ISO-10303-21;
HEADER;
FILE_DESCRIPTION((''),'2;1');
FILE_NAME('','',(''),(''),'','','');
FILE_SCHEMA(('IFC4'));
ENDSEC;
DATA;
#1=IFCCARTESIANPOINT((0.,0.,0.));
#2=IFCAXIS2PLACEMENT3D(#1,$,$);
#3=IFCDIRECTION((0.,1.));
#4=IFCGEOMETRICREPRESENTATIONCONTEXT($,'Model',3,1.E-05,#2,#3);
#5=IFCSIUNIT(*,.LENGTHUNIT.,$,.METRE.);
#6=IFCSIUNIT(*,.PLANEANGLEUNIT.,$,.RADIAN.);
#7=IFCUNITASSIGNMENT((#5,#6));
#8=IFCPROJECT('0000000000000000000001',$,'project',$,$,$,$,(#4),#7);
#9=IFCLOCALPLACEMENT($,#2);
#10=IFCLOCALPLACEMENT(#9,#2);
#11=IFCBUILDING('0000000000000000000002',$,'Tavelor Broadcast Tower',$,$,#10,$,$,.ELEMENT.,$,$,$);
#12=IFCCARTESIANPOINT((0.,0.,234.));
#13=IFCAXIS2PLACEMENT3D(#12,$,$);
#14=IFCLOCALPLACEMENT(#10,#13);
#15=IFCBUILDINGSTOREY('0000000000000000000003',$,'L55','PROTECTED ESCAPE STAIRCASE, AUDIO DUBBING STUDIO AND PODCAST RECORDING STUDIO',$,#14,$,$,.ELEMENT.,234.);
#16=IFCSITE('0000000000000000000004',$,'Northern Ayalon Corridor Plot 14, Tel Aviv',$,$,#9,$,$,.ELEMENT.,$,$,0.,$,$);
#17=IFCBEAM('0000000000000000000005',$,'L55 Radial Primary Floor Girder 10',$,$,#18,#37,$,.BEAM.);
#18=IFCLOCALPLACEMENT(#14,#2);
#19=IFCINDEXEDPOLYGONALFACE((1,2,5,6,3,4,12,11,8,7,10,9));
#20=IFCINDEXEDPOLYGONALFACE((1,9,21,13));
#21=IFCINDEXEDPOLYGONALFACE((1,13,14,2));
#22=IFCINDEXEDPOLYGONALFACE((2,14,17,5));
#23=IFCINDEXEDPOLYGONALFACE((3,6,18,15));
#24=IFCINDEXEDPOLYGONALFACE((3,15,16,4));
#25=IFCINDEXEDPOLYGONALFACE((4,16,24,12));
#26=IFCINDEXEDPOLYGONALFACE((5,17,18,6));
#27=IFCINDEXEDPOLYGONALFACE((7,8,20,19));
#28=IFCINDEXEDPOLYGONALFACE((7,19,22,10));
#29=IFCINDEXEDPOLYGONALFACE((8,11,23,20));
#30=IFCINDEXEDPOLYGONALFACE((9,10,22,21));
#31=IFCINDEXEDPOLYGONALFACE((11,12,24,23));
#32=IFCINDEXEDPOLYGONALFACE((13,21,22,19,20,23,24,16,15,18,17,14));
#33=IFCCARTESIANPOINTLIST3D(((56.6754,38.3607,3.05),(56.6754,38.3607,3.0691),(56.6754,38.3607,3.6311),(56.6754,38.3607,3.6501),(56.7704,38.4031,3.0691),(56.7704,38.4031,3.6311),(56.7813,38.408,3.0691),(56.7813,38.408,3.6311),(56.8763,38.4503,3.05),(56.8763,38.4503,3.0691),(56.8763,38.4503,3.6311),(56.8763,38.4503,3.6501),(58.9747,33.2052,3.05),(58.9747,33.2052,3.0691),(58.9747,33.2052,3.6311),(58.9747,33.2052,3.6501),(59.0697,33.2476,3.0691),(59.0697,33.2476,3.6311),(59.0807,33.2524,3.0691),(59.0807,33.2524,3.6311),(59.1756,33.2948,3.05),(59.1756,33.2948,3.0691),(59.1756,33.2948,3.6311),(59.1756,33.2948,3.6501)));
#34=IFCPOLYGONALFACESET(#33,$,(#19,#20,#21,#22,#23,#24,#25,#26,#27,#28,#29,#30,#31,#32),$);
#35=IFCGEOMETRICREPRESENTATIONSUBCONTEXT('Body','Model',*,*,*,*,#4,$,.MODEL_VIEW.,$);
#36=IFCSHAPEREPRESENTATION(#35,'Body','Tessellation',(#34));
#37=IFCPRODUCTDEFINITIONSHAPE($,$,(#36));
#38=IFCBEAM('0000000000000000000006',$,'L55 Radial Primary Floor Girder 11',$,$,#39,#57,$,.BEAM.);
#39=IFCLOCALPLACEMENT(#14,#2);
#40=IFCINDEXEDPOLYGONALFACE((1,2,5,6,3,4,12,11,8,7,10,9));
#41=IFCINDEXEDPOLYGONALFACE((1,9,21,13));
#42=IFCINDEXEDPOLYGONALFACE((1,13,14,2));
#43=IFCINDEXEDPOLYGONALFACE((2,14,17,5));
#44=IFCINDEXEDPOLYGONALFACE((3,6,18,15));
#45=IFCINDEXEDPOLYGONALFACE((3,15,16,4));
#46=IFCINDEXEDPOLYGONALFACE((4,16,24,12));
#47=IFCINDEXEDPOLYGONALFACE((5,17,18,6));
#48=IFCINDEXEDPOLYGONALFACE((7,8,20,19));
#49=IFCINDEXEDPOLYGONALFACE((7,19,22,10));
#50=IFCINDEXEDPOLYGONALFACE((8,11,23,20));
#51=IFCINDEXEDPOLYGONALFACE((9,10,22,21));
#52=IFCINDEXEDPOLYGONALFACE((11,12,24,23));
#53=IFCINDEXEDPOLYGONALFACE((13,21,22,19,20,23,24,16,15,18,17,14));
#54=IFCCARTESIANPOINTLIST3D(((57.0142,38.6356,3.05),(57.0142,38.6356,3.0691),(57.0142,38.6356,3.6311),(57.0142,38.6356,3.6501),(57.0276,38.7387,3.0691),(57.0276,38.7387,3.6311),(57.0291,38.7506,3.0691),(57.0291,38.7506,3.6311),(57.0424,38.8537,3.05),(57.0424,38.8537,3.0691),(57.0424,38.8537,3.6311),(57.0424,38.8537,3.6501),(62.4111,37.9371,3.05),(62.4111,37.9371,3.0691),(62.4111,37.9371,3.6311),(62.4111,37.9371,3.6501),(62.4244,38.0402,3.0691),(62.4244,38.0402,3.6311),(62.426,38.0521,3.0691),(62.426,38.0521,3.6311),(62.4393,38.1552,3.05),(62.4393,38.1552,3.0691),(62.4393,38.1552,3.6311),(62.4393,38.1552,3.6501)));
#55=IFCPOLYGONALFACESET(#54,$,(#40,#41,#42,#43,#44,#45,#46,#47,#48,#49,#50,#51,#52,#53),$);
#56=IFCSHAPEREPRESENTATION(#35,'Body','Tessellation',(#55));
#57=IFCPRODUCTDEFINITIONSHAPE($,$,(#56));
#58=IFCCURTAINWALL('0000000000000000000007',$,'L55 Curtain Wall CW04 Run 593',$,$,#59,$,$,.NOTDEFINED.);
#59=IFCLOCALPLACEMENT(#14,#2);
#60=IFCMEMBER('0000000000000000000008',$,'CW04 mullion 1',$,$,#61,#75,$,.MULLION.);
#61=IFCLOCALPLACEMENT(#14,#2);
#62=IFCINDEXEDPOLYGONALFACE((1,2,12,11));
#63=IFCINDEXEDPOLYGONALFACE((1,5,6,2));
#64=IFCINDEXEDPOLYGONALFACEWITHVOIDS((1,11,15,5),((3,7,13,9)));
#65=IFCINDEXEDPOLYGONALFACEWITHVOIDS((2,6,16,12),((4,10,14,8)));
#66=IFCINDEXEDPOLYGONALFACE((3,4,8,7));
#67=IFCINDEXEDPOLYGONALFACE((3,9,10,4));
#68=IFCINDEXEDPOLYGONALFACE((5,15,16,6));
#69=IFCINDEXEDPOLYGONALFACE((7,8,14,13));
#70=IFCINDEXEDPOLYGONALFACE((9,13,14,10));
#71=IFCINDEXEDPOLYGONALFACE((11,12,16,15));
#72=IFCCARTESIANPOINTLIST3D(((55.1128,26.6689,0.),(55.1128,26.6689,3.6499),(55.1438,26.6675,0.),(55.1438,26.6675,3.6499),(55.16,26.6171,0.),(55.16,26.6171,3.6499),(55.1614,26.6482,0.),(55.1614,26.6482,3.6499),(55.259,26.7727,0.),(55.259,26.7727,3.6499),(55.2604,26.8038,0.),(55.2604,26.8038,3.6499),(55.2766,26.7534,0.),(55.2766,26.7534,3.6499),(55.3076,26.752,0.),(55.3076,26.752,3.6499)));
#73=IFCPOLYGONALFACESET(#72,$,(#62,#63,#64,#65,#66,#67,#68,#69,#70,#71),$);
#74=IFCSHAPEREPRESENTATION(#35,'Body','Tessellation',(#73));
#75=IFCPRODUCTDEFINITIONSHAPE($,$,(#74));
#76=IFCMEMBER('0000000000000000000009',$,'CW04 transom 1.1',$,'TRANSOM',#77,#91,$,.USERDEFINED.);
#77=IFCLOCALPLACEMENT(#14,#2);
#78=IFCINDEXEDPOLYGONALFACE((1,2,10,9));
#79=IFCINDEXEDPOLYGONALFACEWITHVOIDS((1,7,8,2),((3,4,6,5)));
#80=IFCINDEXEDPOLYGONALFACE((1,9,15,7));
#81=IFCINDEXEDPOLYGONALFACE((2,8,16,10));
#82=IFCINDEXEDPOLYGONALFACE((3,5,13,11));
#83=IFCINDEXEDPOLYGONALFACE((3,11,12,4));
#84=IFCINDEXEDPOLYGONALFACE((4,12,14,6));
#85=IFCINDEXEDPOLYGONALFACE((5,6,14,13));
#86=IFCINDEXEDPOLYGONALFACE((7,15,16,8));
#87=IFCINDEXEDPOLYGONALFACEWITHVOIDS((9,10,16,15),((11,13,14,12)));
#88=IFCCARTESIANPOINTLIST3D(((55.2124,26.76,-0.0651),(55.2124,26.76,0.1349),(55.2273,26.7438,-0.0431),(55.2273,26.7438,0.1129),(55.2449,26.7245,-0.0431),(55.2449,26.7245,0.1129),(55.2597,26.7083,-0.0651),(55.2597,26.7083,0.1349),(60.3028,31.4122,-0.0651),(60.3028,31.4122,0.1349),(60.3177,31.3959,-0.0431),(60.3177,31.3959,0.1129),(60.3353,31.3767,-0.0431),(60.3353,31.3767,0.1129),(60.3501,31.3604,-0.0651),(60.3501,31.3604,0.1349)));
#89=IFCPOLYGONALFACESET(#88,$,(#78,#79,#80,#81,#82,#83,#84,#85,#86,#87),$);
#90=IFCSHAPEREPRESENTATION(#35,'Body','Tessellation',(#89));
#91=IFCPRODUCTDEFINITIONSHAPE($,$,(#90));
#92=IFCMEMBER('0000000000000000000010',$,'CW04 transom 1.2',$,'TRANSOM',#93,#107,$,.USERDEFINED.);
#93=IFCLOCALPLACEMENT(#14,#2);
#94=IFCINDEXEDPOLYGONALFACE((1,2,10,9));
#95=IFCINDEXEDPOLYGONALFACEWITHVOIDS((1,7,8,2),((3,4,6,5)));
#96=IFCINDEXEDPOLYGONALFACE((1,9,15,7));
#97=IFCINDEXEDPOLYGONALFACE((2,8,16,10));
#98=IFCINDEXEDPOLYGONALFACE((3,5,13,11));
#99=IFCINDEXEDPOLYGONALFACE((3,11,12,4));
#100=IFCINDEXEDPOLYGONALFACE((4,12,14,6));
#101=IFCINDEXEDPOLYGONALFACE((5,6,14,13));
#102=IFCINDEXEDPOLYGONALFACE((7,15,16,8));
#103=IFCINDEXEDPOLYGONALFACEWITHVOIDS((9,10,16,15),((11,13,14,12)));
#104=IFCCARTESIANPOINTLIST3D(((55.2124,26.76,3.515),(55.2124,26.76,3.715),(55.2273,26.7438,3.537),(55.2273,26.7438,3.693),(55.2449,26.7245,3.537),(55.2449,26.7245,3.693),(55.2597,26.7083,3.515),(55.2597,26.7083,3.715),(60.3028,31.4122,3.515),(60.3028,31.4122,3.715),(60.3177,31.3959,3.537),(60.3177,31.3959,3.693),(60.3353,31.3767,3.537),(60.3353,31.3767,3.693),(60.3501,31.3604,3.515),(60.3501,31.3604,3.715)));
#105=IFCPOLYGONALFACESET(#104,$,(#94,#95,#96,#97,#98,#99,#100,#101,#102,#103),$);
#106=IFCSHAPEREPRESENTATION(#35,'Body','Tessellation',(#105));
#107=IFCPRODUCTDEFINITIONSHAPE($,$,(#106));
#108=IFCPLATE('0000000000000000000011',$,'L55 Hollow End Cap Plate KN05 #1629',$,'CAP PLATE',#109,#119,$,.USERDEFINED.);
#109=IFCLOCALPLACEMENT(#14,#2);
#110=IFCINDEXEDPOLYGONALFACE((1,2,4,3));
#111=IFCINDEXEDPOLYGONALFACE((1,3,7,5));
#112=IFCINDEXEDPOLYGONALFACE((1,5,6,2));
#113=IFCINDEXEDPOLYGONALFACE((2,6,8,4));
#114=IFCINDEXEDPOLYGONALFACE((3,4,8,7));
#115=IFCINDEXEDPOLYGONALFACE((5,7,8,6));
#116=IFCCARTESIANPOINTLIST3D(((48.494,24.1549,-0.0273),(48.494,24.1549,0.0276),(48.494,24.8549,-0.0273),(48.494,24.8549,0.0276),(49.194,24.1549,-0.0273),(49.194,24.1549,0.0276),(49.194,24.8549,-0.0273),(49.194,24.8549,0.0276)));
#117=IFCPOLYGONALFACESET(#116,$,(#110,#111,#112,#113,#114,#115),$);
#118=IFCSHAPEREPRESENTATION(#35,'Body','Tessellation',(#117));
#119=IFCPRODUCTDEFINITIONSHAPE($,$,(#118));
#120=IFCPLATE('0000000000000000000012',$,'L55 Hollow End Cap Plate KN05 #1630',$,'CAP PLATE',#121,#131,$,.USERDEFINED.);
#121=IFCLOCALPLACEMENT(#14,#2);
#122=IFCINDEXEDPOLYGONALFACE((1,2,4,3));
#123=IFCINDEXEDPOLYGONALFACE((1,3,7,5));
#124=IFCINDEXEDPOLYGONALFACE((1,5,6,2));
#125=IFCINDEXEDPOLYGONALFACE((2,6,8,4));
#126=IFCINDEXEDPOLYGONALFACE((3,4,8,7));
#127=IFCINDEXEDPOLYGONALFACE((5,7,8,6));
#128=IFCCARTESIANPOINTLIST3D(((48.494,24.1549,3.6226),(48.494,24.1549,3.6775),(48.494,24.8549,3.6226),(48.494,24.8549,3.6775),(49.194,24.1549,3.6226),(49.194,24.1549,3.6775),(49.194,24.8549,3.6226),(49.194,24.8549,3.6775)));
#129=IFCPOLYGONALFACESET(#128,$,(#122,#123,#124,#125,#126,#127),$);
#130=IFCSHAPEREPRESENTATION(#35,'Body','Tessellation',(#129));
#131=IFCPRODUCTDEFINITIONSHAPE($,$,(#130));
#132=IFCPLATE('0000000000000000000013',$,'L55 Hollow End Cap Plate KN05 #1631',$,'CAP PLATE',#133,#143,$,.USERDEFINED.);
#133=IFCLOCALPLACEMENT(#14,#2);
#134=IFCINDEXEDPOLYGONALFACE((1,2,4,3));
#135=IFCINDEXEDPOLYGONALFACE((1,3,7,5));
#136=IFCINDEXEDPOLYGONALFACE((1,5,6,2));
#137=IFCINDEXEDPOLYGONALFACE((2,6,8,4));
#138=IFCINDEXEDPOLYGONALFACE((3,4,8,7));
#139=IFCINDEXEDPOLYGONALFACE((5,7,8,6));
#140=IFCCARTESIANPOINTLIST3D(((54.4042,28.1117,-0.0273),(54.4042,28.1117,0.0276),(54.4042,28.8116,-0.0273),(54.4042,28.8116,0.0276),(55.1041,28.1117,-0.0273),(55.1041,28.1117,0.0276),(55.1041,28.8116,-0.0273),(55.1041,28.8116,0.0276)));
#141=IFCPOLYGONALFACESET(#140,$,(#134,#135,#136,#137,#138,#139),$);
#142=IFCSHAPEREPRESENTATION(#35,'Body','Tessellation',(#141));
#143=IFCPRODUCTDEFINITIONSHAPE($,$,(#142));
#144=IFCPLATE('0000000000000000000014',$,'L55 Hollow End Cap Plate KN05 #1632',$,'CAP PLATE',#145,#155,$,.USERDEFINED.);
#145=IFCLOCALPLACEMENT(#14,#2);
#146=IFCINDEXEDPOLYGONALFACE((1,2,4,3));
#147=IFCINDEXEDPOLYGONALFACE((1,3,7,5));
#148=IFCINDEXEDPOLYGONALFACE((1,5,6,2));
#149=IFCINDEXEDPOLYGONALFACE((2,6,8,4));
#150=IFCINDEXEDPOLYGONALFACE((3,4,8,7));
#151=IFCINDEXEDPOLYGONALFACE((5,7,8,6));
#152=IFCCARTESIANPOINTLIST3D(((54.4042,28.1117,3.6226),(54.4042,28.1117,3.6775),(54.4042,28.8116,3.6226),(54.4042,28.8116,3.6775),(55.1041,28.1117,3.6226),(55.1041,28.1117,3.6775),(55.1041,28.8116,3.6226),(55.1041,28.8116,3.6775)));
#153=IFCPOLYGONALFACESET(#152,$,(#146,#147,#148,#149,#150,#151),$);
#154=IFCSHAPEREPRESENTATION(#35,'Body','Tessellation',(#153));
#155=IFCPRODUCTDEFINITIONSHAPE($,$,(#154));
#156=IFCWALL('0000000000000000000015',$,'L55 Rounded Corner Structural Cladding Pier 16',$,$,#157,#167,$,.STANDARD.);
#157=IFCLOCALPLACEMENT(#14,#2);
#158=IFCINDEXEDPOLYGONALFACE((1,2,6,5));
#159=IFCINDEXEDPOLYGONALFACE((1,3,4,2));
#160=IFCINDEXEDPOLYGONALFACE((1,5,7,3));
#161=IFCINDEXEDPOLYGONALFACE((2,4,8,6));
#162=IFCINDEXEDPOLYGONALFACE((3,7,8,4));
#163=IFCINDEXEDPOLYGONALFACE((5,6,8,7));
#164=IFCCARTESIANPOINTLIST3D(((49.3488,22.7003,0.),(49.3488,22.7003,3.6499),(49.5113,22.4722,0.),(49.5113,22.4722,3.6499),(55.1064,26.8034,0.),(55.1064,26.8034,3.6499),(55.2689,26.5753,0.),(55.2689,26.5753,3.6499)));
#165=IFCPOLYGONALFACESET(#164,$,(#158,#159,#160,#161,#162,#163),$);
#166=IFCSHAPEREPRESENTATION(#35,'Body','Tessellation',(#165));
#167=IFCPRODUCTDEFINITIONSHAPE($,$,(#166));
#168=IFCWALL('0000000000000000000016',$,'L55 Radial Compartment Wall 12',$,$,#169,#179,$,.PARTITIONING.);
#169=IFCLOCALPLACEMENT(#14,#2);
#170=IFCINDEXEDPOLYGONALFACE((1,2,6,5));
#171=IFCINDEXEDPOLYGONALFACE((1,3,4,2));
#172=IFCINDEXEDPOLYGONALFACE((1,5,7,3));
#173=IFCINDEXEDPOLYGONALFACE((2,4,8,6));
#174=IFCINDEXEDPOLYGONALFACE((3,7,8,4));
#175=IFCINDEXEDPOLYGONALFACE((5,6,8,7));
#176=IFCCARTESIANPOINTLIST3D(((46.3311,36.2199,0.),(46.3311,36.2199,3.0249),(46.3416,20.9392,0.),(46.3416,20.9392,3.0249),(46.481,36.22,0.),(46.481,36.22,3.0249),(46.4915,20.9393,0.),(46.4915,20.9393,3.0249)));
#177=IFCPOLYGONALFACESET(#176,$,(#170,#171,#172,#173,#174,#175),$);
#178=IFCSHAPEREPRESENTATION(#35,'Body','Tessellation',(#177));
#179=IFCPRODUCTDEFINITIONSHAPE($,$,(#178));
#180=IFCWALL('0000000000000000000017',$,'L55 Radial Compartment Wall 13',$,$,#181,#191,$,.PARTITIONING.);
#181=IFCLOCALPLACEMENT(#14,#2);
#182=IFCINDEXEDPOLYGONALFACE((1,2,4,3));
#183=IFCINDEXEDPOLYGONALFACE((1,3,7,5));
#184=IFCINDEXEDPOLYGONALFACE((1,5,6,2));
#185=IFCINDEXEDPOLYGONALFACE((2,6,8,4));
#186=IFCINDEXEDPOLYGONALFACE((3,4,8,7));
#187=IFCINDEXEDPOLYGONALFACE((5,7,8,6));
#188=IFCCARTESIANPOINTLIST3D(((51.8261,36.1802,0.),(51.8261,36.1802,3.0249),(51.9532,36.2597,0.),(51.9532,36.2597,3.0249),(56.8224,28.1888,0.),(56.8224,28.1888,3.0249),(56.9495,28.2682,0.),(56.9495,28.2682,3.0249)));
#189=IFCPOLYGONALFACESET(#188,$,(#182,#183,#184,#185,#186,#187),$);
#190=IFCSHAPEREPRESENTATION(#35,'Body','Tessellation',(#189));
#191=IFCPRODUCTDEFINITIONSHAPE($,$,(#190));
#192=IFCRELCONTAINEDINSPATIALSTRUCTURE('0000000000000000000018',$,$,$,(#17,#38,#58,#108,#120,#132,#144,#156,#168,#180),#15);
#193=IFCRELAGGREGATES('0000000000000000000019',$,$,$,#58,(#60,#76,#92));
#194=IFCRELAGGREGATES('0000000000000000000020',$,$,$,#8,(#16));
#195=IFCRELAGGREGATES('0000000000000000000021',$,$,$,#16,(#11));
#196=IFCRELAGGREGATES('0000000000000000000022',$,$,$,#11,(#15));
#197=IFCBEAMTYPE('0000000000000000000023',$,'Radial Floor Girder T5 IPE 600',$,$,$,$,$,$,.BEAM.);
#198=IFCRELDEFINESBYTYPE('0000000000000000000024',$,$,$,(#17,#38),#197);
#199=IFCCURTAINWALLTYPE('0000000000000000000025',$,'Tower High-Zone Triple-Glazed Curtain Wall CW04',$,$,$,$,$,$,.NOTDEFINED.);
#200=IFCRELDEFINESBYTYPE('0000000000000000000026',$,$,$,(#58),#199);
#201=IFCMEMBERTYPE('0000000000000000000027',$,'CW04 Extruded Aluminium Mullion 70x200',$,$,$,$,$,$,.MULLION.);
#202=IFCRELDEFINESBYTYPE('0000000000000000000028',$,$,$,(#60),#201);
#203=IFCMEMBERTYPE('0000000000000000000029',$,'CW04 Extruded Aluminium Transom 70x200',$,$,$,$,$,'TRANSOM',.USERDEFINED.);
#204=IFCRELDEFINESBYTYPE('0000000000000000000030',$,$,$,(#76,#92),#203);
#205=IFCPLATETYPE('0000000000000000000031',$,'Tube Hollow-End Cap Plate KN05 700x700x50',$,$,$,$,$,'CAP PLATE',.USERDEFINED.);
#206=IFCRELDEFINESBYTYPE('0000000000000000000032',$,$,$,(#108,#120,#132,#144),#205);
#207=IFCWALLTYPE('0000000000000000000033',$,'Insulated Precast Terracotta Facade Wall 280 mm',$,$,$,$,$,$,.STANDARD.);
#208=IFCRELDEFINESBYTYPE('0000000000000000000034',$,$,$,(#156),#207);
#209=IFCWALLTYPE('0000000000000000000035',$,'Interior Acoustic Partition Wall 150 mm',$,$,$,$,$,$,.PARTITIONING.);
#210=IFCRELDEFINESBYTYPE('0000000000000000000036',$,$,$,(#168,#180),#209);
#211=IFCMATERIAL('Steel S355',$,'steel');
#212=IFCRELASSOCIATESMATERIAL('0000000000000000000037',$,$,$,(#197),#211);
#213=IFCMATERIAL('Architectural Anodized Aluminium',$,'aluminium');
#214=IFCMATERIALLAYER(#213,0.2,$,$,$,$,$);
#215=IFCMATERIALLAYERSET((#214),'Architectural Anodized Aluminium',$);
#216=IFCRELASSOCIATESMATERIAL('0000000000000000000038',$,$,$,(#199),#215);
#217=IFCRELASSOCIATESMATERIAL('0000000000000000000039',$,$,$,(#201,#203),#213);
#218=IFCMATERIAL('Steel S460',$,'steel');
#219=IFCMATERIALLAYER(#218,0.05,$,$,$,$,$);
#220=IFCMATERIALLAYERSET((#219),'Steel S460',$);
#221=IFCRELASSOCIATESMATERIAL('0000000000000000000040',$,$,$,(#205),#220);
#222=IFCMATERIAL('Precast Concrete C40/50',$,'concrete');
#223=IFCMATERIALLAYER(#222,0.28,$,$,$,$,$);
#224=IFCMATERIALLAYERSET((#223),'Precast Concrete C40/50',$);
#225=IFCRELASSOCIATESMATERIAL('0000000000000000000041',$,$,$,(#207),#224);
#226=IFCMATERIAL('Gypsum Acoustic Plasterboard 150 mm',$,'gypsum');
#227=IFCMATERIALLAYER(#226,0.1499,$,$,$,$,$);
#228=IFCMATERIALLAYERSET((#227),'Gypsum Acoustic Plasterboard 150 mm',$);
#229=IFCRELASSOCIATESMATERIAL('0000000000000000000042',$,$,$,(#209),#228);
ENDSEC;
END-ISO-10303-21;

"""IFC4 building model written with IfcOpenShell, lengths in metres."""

from ifc_helpers import new_model, si_unit, direction, frame, frame_2d, origin, origin_2d, place, context, subcontext, project, spatial, rectangle, hollow_rectangle, i_section, extrude, source, transform, mapped, material, layer, layer_set, material_profile, profile_set, type_object, type_shapes, element, aggregate, save


model = new_model("IFC4")

# Units and contexts
model_context = context("Model", 3, precision=1e-05, world=origin(), true_north=direction((0.0, 1.0)))
body_context = subcontext(model_context, "Body", "Model", "MODEL_VIEW")
ifc_project = project(units=[si_unit("LENGTHUNIT", "METRE"), si_unit("PLANEANGLEUNIT", "RADIAN")], contexts=[model_context])

# Site, building, storey
site_placement = place(None, origin())
site = spatial("IfcSite", under=ifc_project, at=site_placement, Name="Northern Ayalon Corridor Plot 14, Tel Aviv", CompositionType="ELEMENT", RefElevation=0.0)
building_placement = place(site_placement, origin())
building = spatial("IfcBuilding", under=site, at=building_placement, Name="Tavelor Broadcast Tower", CompositionType="ELEMENT")
storey_placement = place(building_placement, frame((0.0, 0.0, 234.0)))
storey = spatial("IfcBuildingStorey", under=building, at=storey_placement, Name="L55", Description="PROTECTED ESCAPE STAIRCASE, AUDIO DUBBING STUDIO AND PODCAST RECORDING STUDIO", CompositionType="ELEMENT", Elevation=234.0)

# Shared definitions
ifc_material_1 = material(Name="Steel S460", Category="steel")

# Shared definitions
ifc_material_2 = material(Name="Steel S355", Category="steel")

# Beams
ifc_material_profile_1 = material_profile(ifc_material_2, i_section(OverallWidth=0.22, OverallDepth=0.6001, WebThickness=0.012, FlangeThickness=0.019, at=origin_2d()), Name="IPE 600")
ifc_profile_set_1 = profile_set([ifc_material_profile_1], Name="Steel S355")
beam_type_1 = type_object("IfcBeamType", Name="Radial Floor Girder T5 IPE 600", PredefinedType="BEAM", material=ifc_profile_set_1)
beam_1_placement = place(storey_placement, frame((56.7759, 38.4055, 3.3501), z_axis=(0.407318, -0.913286, 0.0), x_axis=(0.913286, 0.407318, 0.0)))
element("IfcBeam", 1, at=beam_1_placement, inside=storey, type_object=beam_type_1, Name="L55 Radial Primary Floor Girder 10", PredefinedType="BEAM", context=body_context, shape_type="SweptSolid", body=[
    extrude(i_section(OverallWidth=0.22, OverallDepth=0.6001, WebThickness=0.012, FlangeThickness=0.019, at=origin_2d()), origin(), (0.0, 0.0, 1.0), 5.645),
])
beam_2_placement = place(storey_placement, frame((57.0283, 38.7446, 3.3501), z_axis=(0.991729, -0.128351, 0.0), x_axis=(0.128351, 0.991729, 0.0)))
element("IfcBeam", 2, at=beam_2_placement, inside=storey, type_object=beam_type_1, Name="L55 Radial Primary Floor Girder 11", PredefinedType="BEAM", context=body_context, shape_type="SweptSolid", body=[
    extrude(i_section(OverallWidth=0.22, OverallDepth=0.6001, WebThickness=0.012, FlangeThickness=0.019, at=origin_2d()), origin(), (0.0, 0.0, 1.0), 5.4419),
])

# Curtain wall, members
ifc_material_3 = material(Name="Architectural Anodized Aluminium", Category="aluminium")
ifc_layer_1 = layer(ifc_material_3, 0.2)
ifc_layer_set_1 = layer_set([ifc_layer_1], Name="Architectural Anodized Aluminium")
curtain_wall_type = type_object("IfcCurtainWallType", Name="Tower High-Zone Triple-Glazed Curtain Wall CW04", PredefinedType="NOTDEFINED", material=ifc_layer_set_1)
curtain_wall_placement = place(storey_placement, origin())
curtain_wall = element("IfcCurtainWall", 3, at=curtain_wall_placement, inside=storey, type_object=curtain_wall_type, Name="L55 Curtain Wall CW04 Run 593", PredefinedType="NOTDEFINED")
ifc_material_profile_2 = material_profile(ifc_material_3, hollow_rectangle(XDim=0.0701, YDim=0.2, WallThickness=0.022, at=origin_2d()), Name="RHS 70x200x22")
ifc_profile_set_2 = profile_set([ifc_material_profile_2], Name="Architectural Anodized Aluminium")
member_type_1 = type_object("IfcMemberType", Name="CW04 Extruded Aluminium Mullion 70x200", PredefinedType="MULLION", material=ifc_profile_set_2)
shared_shape_1 = source(origin(), body_context, "Body", "SweptSolid", [
    extrude(hollow_rectangle(XDim=0.0701, YDim=0.2, WallThickness=0.022, at=origin_2d()), origin(), (0.0, 0.0, 1.0), 3.6499),
])
type_shapes(member_type_1, [shared_shape_1])
member_1_placement = place(storey_placement, frame((55.2102, 26.7104, 0.0), z_axis=(0.0, 0.0, 1.0), x_axis=(-0.674621, 0.738164, 0.0)))
member_1 = element("IfcMember", 4, at=member_1_placement, type_object=member_type_1, Name="CW04 mullion 1", PredefinedType="MULLION", context=body_context, shape_type="MappedRepresentation", body=[
    mapped(shared_shape_1, transform((0.0, 0.0, 0.0), scale=1.0)),
])
ifc_material_profile_3 = material_profile(ifc_material_3, hollow_rectangle(XDim=0.0701, YDim=0.2, WallThickness=0.022, at=origin_2d()), Name="RHS 70x200x22")
ifc_profile_set_3 = profile_set([ifc_material_profile_3], Name="Architectural Anodized Aluminium")
member_type_2 = type_object("IfcMemberType", Name="CW04 Extruded Aluminium Transom 70x200", ElementType="TRANSOM", PredefinedType="USERDEFINED", material=ifc_profile_set_3)
shared_shape_2 = source(origin(), body_context, "Body", "SweptSolid", [
    extrude(hollow_rectangle(XDim=0.0701, YDim=0.2, WallThickness=0.022, at=origin_2d()), origin(), (0.0, 0.0, 1.0), 6.896),
])
type_shapes(member_type_2, [shared_shape_2])
member_2_placement = place(storey_placement, frame((55.2361, 26.7341, 0.0349), z_axis=(0.738167, 0.674618, 0.0), x_axis=(-0.674618, 0.738167, 0.0)))
member_2 = element("IfcMember", 5, at=member_2_placement, type_object=member_type_2, Name="CW04 transom 1.1", ObjectType="TRANSOM", PredefinedType="USERDEFINED", context=body_context, shape_type="MappedRepresentation", body=[
    mapped(shared_shape_2, transform((0.0, 0.0, 0.0), scale=1.0)),
])
member_3_placement = place(storey_placement, frame((55.2361, 26.7341, 3.615), z_axis=(0.738167, 0.674618, 0.0), x_axis=(-0.674618, 0.738167, 0.0)))
member_3 = element("IfcMember", 6, at=member_3_placement, type_object=member_type_2, Name="CW04 transom 1.2", ObjectType="TRANSOM", PredefinedType="USERDEFINED", context=body_context, shape_type="MappedRepresentation", body=[
    mapped(shared_shape_2, transform((0.0, 0.0, 0.0), scale=1.0)),
])
aggregate(curtain_wall, [member_1, member_2, member_3])

# Plates
ifc_layer_2 = layer(ifc_material_1, 0.05)
ifc_layer_set_2 = layer_set([ifc_layer_2], Name="Steel S460")
plate_type = type_object("IfcPlateType", Name="Tube Hollow-End Cap Plate KN05 700x700x50", ElementType="CAP PLATE", PredefinedType="USERDEFINED", material=ifc_layer_set_2)
shared_shape_3 = source(origin(), body_context, "Body", "SweptSolid", [
    extrude(rectangle(XDim=0.7, YDim=0.7, at=origin_2d()), origin(), (0.0, 0.0, 1.0), 0.0549),
])
type_shapes(plate_type, [shared_shape_3])
for number, where, z_axis, x_axis, name in (
    (7, (48.844, 24.5049, -0.0273), (0.0, 0.0, 1.0), (1.0, 0.0, 0.0), "L55 Hollow End Cap Plate KN05 #1629"),
    (8, (48.844, 24.5049, 3.6226), (0.0, 0.0, 1.0), (1.0, 0.0, 0.0), "L55 Hollow End Cap Plate KN05 #1630"),
    (9, (54.7542, 28.4617, -0.0273), (0.0, 0.0, 1.0), (1.0, 0.0, 0.0), "L55 Hollow End Cap Plate KN05 #1631"),
    (10, (54.7542, 28.4617, 3.6226), (0.0, 0.0, 1.0), (1.0, 0.0, 0.0), "L55 Hollow End Cap Plate KN05 #1632"),
):
    element("IfcPlate", number, at=place(storey_placement, frame(where, z_axis=z_axis, x_axis=x_axis)), inside=storey, type_object=plate_type, Name=name, ObjectType="CAP PLATE", PredefinedType="USERDEFINED", context=body_context, shape_type="MappedRepresentation", body=[
        mapped(shared_shape_3, transform((0.0, 0.0, 0.0), scale=1.0)),
    ])

# Walls
ifc_material_4 = material(Name="Precast Concrete C40/50", Category="concrete")
ifc_layer_3 = layer(ifc_material_4, 0.28)
ifc_layer_set_3 = layer_set([ifc_layer_3], Name="Precast Concrete C40/50")
wall_type_1 = type_object("IfcWallType", Name="Insulated Precast Terracotta Facade Wall 280 mm", PredefinedType="STANDARD", material=ifc_layer_set_3)
wall_1_placement = place(storey_placement, frame((49.4299, 22.5862, 0.0), z_axis=(0.0, 0.0, 1.0), x_axis=(0.81437, 0.580346, 0.0)))
element("IfcWall", 11, at=wall_1_placement, inside=storey, type_object=wall_type_1, Name="L55 Rounded Corner Structural Cladding Pier 16", PredefinedType="STANDARD", context=body_context, shape_type="SweptSolid", body=[
    extrude(rectangle(XDim=7.0701, YDim=0.28, at=frame_2d((3.5352, 0.0))), origin(), (0.0, 0.0, 1.0), 3.6499),
])
ifc_material_5 = material(Name="Gypsum Acoustic Plasterboard 150 mm", Category="gypsum")
ifc_layer_4 = layer(ifc_material_5, 0.1499)
ifc_layer_set_4 = layer_set([ifc_layer_4], Name="Gypsum Acoustic Plasterboard 150 mm")
wall_type_2 = type_object("IfcWallType", Name="Interior Acoustic Partition Wall 150 mm", PredefinedType="PARTITIONING", material=ifc_layer_set_4)
wall_2_placement = place(storey_placement, frame((46.406, 36.22, 0.0), z_axis=(0.0, 0.0, 1.0), x_axis=(0.000687, -1.0, 0.0)))
element("IfcWall", 12, at=wall_2_placement, inside=storey, type_object=wall_type_2, Name="L55 Radial Compartment Wall 12", PredefinedType="PARTITIONING", context=body_context, shape_type="SweptSolid", body=[
    extrude(rectangle(XDim=15.2808, YDim=0.1499, at=frame_2d((7.6404, 0.0))), origin(), (0.0, 0.0, 1.0), 3.0249),
])
wall_3_placement = place(storey_placement, frame((51.8896, 36.22, 0.0), z_axis=(0.0, 0.0, 1.0), x_axis=(0.530127, -0.847918, 0.0)))
element("IfcWall", 13, at=wall_3_placement, inside=storey, type_object=wall_type_2, Name="L55 Radial Compartment Wall 13", PredefinedType="PARTITIONING", context=body_context, shape_type="SweptSolid", body=[
    extrude(rectangle(XDim=9.4248, YDim=0.1499, at=frame_2d((4.7124, 0.0))), origin(), (0.0, 0.0, 1.0), 3.0249),
])

save(model, "model.ifc")
